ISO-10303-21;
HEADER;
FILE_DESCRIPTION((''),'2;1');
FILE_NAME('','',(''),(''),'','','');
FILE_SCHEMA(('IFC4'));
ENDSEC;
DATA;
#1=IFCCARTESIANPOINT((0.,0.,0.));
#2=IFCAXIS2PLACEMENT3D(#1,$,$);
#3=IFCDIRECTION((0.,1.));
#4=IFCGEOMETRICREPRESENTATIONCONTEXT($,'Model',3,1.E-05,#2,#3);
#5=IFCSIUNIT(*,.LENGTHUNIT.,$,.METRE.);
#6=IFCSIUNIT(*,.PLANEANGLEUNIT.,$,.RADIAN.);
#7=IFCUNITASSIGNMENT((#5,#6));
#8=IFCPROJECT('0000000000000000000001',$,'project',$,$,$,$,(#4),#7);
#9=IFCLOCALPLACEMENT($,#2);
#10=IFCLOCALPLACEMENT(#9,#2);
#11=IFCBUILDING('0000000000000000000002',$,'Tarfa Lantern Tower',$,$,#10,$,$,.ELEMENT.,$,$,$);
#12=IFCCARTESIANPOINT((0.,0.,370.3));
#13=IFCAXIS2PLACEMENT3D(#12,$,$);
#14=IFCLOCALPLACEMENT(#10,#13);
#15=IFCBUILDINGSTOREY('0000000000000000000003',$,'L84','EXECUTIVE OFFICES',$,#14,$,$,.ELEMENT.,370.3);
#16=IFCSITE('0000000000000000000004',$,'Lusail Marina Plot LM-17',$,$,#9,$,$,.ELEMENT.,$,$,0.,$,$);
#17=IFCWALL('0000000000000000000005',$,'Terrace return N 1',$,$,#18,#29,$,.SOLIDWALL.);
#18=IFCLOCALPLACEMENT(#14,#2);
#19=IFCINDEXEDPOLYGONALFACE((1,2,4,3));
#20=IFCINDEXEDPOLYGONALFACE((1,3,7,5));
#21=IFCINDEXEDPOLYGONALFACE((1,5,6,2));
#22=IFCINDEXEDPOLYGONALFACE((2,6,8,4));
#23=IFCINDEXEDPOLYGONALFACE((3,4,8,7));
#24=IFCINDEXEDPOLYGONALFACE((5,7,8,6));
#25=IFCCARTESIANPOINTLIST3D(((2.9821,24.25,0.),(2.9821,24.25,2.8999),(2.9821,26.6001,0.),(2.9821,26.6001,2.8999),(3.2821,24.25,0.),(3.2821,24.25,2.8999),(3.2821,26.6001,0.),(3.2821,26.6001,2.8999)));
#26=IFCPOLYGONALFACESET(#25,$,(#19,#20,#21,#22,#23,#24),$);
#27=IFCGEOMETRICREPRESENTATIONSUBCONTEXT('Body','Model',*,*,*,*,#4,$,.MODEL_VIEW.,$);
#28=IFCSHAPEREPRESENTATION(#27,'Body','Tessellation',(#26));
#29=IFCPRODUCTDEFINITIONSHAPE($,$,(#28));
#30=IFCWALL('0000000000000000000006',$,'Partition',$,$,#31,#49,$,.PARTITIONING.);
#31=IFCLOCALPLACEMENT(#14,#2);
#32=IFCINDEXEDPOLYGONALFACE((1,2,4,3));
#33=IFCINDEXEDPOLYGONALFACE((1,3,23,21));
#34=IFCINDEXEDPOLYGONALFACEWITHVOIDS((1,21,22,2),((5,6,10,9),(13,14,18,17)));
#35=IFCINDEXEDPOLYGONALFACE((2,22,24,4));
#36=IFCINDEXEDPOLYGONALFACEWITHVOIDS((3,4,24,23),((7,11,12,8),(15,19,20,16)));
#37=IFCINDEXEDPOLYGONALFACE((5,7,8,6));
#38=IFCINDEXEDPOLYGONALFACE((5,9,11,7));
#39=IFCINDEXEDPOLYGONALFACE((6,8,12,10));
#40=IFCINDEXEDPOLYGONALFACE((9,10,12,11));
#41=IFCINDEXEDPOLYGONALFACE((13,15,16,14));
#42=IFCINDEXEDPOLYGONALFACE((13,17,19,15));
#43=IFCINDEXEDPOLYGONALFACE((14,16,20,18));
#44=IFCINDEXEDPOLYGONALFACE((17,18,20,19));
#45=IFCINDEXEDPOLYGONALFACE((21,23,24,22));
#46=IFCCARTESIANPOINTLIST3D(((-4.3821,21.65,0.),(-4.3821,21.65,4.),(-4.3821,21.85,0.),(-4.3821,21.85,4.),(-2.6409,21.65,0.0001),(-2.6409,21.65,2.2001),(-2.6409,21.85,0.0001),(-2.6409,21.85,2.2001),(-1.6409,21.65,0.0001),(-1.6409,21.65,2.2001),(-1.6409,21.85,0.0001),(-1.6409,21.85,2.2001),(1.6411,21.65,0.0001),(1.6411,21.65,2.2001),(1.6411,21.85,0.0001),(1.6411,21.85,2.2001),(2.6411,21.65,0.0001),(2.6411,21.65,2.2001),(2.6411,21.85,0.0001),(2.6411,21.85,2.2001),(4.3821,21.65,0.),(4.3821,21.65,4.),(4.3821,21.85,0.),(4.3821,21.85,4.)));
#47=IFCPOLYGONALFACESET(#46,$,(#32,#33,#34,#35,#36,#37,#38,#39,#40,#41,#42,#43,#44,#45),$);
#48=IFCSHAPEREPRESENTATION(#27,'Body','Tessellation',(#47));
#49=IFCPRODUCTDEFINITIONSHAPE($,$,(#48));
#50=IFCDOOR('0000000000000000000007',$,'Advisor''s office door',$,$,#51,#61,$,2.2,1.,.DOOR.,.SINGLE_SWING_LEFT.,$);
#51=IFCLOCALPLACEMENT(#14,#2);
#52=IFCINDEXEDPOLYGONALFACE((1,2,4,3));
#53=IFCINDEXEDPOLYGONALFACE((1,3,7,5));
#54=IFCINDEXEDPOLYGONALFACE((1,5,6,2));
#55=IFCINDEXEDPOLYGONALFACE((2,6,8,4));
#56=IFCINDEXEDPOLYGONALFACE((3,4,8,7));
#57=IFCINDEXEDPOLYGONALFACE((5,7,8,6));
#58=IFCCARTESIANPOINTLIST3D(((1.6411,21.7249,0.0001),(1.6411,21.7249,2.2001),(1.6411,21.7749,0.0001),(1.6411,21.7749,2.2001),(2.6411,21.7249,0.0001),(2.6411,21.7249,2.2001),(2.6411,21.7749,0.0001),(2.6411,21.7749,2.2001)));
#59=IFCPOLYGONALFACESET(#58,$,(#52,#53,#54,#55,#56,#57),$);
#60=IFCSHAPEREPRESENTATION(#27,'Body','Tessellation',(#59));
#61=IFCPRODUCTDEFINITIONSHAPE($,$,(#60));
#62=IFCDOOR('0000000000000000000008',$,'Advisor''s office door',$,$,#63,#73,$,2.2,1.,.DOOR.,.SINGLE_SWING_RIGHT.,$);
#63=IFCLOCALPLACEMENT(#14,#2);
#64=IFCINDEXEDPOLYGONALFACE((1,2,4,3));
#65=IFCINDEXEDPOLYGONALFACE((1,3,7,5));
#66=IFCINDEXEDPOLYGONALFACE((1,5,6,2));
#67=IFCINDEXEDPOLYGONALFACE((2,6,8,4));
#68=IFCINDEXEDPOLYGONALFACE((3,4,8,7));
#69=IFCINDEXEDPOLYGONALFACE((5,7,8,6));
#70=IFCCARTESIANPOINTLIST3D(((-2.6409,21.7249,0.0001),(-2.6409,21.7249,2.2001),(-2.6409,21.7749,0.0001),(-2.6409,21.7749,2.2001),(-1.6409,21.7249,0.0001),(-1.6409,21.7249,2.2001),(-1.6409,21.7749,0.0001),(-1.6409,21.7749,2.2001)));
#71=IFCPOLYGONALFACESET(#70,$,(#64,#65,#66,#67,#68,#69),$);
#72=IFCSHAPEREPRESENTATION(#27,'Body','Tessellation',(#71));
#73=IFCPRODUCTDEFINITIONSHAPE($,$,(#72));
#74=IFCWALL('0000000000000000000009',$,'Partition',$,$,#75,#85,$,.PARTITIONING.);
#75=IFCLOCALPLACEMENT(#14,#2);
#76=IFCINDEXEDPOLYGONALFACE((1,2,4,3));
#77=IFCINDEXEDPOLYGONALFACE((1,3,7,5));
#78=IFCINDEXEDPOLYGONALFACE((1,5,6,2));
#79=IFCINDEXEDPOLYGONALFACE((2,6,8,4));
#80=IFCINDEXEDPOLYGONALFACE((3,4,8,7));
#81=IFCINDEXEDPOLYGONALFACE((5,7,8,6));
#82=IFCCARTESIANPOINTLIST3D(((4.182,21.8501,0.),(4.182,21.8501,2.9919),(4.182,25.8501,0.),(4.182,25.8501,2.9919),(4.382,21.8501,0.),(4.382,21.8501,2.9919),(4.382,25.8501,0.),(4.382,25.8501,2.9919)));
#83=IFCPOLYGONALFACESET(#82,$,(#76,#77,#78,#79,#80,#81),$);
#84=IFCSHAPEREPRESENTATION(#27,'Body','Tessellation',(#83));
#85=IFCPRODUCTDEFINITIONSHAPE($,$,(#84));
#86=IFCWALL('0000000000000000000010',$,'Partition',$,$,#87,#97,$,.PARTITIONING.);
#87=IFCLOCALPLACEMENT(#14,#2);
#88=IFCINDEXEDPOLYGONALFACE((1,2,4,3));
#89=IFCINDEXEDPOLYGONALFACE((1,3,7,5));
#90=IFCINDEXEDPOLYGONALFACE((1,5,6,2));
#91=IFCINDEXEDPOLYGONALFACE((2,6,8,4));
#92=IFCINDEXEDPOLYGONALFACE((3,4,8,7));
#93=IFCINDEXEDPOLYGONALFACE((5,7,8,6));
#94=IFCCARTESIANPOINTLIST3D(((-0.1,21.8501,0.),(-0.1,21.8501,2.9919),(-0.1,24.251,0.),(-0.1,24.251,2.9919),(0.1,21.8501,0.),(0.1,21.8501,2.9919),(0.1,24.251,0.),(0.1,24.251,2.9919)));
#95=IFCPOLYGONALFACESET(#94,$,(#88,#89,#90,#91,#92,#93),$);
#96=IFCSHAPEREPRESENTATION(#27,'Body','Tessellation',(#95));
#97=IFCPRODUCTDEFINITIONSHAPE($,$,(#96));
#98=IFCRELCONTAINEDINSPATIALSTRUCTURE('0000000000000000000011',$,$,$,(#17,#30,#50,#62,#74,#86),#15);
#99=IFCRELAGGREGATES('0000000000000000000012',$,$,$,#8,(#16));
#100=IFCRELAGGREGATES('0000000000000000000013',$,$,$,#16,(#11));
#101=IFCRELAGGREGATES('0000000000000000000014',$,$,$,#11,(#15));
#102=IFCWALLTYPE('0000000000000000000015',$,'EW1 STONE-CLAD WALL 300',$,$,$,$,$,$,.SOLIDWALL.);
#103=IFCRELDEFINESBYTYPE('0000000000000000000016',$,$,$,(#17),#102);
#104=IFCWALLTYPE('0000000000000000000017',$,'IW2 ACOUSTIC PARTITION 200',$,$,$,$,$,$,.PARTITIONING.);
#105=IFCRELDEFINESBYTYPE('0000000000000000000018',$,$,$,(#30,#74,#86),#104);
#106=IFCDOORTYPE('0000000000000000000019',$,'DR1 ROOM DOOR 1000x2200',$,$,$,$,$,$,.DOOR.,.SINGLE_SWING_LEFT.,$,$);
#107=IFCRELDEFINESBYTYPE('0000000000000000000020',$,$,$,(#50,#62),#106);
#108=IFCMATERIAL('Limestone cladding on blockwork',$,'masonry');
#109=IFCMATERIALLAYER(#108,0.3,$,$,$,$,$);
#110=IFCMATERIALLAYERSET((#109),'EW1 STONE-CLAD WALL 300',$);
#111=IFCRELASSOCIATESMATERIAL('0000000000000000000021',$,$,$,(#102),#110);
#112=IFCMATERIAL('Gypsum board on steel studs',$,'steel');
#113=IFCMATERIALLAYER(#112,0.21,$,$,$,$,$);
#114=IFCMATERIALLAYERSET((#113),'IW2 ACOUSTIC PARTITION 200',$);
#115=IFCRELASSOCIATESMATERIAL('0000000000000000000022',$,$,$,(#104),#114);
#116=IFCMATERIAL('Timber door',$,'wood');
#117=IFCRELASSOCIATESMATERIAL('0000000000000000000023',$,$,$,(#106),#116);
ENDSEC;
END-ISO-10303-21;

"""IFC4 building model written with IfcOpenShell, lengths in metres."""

from ifc_helpers import new_model, si_unit, direction, frame, frame_2d, origin, place, context, subcontext, project, spatial, rectangle, extrude, material, layer, layer_set, type_object, element, fill, save


model = new_model("IFC4")

# Units and contexts
model_context = context("Model", 3, precision=1e-05, world=origin(), true_north=direction((0.0, 1.0)))
body_context = subcontext(model_context, "Body", "Model", "MODEL_VIEW")
ifc_project = project(units=[si_unit("LENGTHUNIT", "METRE"), si_unit("PLANEANGLEUNIT", "RADIAN")], contexts=[model_context])

# Site, building, storey
site_placement = place(None, origin())
site = spatial("IfcSite", under=ifc_project, at=site_placement, Name="Lusail Marina Plot LM-17", CompositionType="ELEMENT", RefElevation=0.0)
building_placement = place(site_placement, origin())
building = spatial("IfcBuilding", under=site, at=building_placement, Name="Tarfa Lantern Tower", CompositionType="ELEMENT")
storey_placement = place(building_placement, frame((0.0, 0.0, 370.3)))
storey = spatial("IfcBuildingStorey", under=building, at=storey_placement, Name="L84", Description="EXECUTIVE OFFICES", CompositionType="ELEMENT", Elevation=370.3)

# Shared definitions
ifc_material_1 = material(Name="Limestone cladding on blockwork", Category="masonry")
ifc_layer_1 = layer(ifc_material_1, 0.3)
ifc_layer_set_1 = layer_set([ifc_layer_1], Name="EW1 STONE-CLAD WALL 300")
wall_type_1 = type_object("IfcWallType", Name="EW1 STONE-CLAD WALL 300", PredefinedType="SOLIDWALL", material=ifc_layer_set_1)

# Wall
wall_1_placement = place(storey_placement, frame((3.1321, 26.6001, 0.0), z_axis=(0.0, 0.0, 1.0), x_axis=(0.0, -1.0, 0.0)))
element("IfcWall", 1, at=wall_1_placement, inside=storey, type_object=wall_type_1, Name="Terrace return N 1", PredefinedType="SOLIDWALL", context=body_context, shape_type="SweptSolid", body=[
    extrude(rectangle(XDim=2.3501, YDim=0.3, at=frame_2d((1.175, 0.0))), origin(), (0.0, 0.0, 1.0), 2.8999),
])

# Wall, openings, doors
ifc_material_2 = material(Name="Gypsum board on steel studs", Category="steel")
ifc_layer_2 = layer(ifc_material_2, 0.21)
ifc_layer_set_2 = layer_set([ifc_layer_2], Name="IW2 ACOUSTIC PARTITION 200")
wall_type_2 = type_object("IfcWallType", Name="IW2 ACOUSTIC PARTITION 200", PredefinedType="PARTITIONING", material=ifc_layer_set_2)
wall_2_placement = place(storey_placement, frame((4.3821, 21.75, 0.0), z_axis=(0.0, 0.0, 1.0), x_axis=(-1.0, 0.0, 0.0)))
wall_2 = element("IfcWall", 2, at=wall_2_placement, inside=storey, type_object=wall_type_2, Name="Partition", PredefinedType="PARTITIONING", context=body_context, shape_type="SweptSolid", body=[
    extrude(rectangle(XDim=8.7642, YDim=0.2, at=frame_2d((4.3821, 0.0))), origin(), (0.0, 0.0, 1.0), 4.0),
])
opening_1_placement = place(wall_2_placement, frame((1.741, 0.0, 0.0)))
opening_1 = element("IfcOpeningElement", 3, at=opening_1_placement, cuts=wall_2, PredefinedType="OPENING", context=body_context, shape_type="SweptSolid", body=[
    extrude(rectangle(XDim=1.0, YDim=2.2, at=frame_2d((0.5, 1.1001))), frame((0.0, 0.1099, 0.0), z_axis=(0.0, -1.0, 0.0), x_axis=(1.0, 0.0, 0.0)), (0.0, 0.0, 1.0), 0.22),
])
opening_2_placement = place(wall_2_placement, frame((6.0229, 0.0, 0.0)))
opening_2 = element("IfcOpeningElement", 4, at=opening_2_placement, cuts=wall_2, PredefinedType="OPENING", context=body_context, shape_type="SweptSolid", body=[
    extrude(rectangle(XDim=1.0, YDim=2.2, at=frame_2d((0.5, 1.1001))), frame((0.0, 0.1099, 0.0), z_axis=(0.0, -1.0, 0.0), x_axis=(1.0, 0.0, 0.0)), (0.0, 0.0, 1.0), 0.22),
])
ifc_material_3 = material(Name="Timber door", Category="wood")
door_type_1 = type_object("IfcDoorType", Name="DR1 ROOM DOOR 1000x2200", OperationType="SINGLE_SWING_LEFT", PredefinedType="DOOR", material=ifc_material_3)
door_1_placement = place(opening_1_placement, frame((1.0, 0.0, 0.0), z_axis=(0.0, 0.0, 1.0), x_axis=(-1.0, 0.0, 0.0)))
door_1 = element("IfcDoor", 5, at=door_1_placement, inside=storey, type_object=door_type_1, Name="Advisor's office door", OperationType="SINGLE_SWING_LEFT", OverallHeight=2.2, OverallWidth=1.0, PredefinedType="DOOR", context=body_context, shape_type="SweptSolid", body=[
    extrude(rectangle(XDim=1.0, YDim=2.2, at=frame_2d((0.5, 1.1001))), frame((0.0, 0.0249, 0.0), z_axis=(0.0, -1.0, 0.0), x_axis=(1.0, 0.0, 0.0)), (0.0, 0.0, 1.0), 0.05),
])
fill(opening_1, door_1)
door_2_placement = place(opening_2_placement, frame((1.0, 0.0, 0.0), z_axis=(0.0, 0.0, 1.0), x_axis=(-1.0, 0.0, 0.0)))
door_2 = element("IfcDoor", 6, at=door_2_placement, inside=storey, type_object=door_type_1, Name="Advisor's office door", OperationType="SINGLE_SWING_RIGHT", OverallHeight=2.2, OverallWidth=1.0, PredefinedType="DOOR", context=body_context, shape_type="SweptSolid", body=[
    extrude(rectangle(XDim=1.0, YDim=2.2, at=frame_2d((0.5, 1.1001))), frame((0.0, 0.0249, 0.0), z_axis=(0.0, -1.0, 0.0), x_axis=(1.0, 0.0, 0.0)), (0.0, 0.0, 1.0), 0.05),
])
fill(opening_2, door_2)

# Walls
wall_3_placement = place(storey_placement, frame((4.282, 21.8501, 0.0), z_axis=(0.0, 0.0, 1.0), x_axis=(0.0, 1.0, 0.0)))
element("IfcWall", 7, at=wall_3_placement, inside=storey, type_object=wall_type_2, Name="Partition", PredefinedType="PARTITIONING", context=body_context, shape_type="SweptSolid", body=[
    extrude(rectangle(XDim=4.0, YDim=0.2, at=frame_2d((2.0, 0.0))), origin(), (0.0, 0.0, 1.0), 2.9919),
])
wall_4_placement = place(storey_placement, frame((0.0, 21.8501, 0.0), z_axis=(0.0, 0.0, 1.0), x_axis=(0.0, 1.0, 0.0)))
element("IfcWall", 8, at=wall_4_placement, inside=storey, type_object=wall_type_2, Name="Partition", PredefinedType="PARTITIONING", context=body_context, shape_type="SweptSolid", body=[
    extrude(rectangle(XDim=2.4009, YDim=0.2, at=frame_2d((1.2004, 0.0))), origin(), (0.0, 0.0, 1.0), 2.9919),
])

save(model, "model.ifc")
